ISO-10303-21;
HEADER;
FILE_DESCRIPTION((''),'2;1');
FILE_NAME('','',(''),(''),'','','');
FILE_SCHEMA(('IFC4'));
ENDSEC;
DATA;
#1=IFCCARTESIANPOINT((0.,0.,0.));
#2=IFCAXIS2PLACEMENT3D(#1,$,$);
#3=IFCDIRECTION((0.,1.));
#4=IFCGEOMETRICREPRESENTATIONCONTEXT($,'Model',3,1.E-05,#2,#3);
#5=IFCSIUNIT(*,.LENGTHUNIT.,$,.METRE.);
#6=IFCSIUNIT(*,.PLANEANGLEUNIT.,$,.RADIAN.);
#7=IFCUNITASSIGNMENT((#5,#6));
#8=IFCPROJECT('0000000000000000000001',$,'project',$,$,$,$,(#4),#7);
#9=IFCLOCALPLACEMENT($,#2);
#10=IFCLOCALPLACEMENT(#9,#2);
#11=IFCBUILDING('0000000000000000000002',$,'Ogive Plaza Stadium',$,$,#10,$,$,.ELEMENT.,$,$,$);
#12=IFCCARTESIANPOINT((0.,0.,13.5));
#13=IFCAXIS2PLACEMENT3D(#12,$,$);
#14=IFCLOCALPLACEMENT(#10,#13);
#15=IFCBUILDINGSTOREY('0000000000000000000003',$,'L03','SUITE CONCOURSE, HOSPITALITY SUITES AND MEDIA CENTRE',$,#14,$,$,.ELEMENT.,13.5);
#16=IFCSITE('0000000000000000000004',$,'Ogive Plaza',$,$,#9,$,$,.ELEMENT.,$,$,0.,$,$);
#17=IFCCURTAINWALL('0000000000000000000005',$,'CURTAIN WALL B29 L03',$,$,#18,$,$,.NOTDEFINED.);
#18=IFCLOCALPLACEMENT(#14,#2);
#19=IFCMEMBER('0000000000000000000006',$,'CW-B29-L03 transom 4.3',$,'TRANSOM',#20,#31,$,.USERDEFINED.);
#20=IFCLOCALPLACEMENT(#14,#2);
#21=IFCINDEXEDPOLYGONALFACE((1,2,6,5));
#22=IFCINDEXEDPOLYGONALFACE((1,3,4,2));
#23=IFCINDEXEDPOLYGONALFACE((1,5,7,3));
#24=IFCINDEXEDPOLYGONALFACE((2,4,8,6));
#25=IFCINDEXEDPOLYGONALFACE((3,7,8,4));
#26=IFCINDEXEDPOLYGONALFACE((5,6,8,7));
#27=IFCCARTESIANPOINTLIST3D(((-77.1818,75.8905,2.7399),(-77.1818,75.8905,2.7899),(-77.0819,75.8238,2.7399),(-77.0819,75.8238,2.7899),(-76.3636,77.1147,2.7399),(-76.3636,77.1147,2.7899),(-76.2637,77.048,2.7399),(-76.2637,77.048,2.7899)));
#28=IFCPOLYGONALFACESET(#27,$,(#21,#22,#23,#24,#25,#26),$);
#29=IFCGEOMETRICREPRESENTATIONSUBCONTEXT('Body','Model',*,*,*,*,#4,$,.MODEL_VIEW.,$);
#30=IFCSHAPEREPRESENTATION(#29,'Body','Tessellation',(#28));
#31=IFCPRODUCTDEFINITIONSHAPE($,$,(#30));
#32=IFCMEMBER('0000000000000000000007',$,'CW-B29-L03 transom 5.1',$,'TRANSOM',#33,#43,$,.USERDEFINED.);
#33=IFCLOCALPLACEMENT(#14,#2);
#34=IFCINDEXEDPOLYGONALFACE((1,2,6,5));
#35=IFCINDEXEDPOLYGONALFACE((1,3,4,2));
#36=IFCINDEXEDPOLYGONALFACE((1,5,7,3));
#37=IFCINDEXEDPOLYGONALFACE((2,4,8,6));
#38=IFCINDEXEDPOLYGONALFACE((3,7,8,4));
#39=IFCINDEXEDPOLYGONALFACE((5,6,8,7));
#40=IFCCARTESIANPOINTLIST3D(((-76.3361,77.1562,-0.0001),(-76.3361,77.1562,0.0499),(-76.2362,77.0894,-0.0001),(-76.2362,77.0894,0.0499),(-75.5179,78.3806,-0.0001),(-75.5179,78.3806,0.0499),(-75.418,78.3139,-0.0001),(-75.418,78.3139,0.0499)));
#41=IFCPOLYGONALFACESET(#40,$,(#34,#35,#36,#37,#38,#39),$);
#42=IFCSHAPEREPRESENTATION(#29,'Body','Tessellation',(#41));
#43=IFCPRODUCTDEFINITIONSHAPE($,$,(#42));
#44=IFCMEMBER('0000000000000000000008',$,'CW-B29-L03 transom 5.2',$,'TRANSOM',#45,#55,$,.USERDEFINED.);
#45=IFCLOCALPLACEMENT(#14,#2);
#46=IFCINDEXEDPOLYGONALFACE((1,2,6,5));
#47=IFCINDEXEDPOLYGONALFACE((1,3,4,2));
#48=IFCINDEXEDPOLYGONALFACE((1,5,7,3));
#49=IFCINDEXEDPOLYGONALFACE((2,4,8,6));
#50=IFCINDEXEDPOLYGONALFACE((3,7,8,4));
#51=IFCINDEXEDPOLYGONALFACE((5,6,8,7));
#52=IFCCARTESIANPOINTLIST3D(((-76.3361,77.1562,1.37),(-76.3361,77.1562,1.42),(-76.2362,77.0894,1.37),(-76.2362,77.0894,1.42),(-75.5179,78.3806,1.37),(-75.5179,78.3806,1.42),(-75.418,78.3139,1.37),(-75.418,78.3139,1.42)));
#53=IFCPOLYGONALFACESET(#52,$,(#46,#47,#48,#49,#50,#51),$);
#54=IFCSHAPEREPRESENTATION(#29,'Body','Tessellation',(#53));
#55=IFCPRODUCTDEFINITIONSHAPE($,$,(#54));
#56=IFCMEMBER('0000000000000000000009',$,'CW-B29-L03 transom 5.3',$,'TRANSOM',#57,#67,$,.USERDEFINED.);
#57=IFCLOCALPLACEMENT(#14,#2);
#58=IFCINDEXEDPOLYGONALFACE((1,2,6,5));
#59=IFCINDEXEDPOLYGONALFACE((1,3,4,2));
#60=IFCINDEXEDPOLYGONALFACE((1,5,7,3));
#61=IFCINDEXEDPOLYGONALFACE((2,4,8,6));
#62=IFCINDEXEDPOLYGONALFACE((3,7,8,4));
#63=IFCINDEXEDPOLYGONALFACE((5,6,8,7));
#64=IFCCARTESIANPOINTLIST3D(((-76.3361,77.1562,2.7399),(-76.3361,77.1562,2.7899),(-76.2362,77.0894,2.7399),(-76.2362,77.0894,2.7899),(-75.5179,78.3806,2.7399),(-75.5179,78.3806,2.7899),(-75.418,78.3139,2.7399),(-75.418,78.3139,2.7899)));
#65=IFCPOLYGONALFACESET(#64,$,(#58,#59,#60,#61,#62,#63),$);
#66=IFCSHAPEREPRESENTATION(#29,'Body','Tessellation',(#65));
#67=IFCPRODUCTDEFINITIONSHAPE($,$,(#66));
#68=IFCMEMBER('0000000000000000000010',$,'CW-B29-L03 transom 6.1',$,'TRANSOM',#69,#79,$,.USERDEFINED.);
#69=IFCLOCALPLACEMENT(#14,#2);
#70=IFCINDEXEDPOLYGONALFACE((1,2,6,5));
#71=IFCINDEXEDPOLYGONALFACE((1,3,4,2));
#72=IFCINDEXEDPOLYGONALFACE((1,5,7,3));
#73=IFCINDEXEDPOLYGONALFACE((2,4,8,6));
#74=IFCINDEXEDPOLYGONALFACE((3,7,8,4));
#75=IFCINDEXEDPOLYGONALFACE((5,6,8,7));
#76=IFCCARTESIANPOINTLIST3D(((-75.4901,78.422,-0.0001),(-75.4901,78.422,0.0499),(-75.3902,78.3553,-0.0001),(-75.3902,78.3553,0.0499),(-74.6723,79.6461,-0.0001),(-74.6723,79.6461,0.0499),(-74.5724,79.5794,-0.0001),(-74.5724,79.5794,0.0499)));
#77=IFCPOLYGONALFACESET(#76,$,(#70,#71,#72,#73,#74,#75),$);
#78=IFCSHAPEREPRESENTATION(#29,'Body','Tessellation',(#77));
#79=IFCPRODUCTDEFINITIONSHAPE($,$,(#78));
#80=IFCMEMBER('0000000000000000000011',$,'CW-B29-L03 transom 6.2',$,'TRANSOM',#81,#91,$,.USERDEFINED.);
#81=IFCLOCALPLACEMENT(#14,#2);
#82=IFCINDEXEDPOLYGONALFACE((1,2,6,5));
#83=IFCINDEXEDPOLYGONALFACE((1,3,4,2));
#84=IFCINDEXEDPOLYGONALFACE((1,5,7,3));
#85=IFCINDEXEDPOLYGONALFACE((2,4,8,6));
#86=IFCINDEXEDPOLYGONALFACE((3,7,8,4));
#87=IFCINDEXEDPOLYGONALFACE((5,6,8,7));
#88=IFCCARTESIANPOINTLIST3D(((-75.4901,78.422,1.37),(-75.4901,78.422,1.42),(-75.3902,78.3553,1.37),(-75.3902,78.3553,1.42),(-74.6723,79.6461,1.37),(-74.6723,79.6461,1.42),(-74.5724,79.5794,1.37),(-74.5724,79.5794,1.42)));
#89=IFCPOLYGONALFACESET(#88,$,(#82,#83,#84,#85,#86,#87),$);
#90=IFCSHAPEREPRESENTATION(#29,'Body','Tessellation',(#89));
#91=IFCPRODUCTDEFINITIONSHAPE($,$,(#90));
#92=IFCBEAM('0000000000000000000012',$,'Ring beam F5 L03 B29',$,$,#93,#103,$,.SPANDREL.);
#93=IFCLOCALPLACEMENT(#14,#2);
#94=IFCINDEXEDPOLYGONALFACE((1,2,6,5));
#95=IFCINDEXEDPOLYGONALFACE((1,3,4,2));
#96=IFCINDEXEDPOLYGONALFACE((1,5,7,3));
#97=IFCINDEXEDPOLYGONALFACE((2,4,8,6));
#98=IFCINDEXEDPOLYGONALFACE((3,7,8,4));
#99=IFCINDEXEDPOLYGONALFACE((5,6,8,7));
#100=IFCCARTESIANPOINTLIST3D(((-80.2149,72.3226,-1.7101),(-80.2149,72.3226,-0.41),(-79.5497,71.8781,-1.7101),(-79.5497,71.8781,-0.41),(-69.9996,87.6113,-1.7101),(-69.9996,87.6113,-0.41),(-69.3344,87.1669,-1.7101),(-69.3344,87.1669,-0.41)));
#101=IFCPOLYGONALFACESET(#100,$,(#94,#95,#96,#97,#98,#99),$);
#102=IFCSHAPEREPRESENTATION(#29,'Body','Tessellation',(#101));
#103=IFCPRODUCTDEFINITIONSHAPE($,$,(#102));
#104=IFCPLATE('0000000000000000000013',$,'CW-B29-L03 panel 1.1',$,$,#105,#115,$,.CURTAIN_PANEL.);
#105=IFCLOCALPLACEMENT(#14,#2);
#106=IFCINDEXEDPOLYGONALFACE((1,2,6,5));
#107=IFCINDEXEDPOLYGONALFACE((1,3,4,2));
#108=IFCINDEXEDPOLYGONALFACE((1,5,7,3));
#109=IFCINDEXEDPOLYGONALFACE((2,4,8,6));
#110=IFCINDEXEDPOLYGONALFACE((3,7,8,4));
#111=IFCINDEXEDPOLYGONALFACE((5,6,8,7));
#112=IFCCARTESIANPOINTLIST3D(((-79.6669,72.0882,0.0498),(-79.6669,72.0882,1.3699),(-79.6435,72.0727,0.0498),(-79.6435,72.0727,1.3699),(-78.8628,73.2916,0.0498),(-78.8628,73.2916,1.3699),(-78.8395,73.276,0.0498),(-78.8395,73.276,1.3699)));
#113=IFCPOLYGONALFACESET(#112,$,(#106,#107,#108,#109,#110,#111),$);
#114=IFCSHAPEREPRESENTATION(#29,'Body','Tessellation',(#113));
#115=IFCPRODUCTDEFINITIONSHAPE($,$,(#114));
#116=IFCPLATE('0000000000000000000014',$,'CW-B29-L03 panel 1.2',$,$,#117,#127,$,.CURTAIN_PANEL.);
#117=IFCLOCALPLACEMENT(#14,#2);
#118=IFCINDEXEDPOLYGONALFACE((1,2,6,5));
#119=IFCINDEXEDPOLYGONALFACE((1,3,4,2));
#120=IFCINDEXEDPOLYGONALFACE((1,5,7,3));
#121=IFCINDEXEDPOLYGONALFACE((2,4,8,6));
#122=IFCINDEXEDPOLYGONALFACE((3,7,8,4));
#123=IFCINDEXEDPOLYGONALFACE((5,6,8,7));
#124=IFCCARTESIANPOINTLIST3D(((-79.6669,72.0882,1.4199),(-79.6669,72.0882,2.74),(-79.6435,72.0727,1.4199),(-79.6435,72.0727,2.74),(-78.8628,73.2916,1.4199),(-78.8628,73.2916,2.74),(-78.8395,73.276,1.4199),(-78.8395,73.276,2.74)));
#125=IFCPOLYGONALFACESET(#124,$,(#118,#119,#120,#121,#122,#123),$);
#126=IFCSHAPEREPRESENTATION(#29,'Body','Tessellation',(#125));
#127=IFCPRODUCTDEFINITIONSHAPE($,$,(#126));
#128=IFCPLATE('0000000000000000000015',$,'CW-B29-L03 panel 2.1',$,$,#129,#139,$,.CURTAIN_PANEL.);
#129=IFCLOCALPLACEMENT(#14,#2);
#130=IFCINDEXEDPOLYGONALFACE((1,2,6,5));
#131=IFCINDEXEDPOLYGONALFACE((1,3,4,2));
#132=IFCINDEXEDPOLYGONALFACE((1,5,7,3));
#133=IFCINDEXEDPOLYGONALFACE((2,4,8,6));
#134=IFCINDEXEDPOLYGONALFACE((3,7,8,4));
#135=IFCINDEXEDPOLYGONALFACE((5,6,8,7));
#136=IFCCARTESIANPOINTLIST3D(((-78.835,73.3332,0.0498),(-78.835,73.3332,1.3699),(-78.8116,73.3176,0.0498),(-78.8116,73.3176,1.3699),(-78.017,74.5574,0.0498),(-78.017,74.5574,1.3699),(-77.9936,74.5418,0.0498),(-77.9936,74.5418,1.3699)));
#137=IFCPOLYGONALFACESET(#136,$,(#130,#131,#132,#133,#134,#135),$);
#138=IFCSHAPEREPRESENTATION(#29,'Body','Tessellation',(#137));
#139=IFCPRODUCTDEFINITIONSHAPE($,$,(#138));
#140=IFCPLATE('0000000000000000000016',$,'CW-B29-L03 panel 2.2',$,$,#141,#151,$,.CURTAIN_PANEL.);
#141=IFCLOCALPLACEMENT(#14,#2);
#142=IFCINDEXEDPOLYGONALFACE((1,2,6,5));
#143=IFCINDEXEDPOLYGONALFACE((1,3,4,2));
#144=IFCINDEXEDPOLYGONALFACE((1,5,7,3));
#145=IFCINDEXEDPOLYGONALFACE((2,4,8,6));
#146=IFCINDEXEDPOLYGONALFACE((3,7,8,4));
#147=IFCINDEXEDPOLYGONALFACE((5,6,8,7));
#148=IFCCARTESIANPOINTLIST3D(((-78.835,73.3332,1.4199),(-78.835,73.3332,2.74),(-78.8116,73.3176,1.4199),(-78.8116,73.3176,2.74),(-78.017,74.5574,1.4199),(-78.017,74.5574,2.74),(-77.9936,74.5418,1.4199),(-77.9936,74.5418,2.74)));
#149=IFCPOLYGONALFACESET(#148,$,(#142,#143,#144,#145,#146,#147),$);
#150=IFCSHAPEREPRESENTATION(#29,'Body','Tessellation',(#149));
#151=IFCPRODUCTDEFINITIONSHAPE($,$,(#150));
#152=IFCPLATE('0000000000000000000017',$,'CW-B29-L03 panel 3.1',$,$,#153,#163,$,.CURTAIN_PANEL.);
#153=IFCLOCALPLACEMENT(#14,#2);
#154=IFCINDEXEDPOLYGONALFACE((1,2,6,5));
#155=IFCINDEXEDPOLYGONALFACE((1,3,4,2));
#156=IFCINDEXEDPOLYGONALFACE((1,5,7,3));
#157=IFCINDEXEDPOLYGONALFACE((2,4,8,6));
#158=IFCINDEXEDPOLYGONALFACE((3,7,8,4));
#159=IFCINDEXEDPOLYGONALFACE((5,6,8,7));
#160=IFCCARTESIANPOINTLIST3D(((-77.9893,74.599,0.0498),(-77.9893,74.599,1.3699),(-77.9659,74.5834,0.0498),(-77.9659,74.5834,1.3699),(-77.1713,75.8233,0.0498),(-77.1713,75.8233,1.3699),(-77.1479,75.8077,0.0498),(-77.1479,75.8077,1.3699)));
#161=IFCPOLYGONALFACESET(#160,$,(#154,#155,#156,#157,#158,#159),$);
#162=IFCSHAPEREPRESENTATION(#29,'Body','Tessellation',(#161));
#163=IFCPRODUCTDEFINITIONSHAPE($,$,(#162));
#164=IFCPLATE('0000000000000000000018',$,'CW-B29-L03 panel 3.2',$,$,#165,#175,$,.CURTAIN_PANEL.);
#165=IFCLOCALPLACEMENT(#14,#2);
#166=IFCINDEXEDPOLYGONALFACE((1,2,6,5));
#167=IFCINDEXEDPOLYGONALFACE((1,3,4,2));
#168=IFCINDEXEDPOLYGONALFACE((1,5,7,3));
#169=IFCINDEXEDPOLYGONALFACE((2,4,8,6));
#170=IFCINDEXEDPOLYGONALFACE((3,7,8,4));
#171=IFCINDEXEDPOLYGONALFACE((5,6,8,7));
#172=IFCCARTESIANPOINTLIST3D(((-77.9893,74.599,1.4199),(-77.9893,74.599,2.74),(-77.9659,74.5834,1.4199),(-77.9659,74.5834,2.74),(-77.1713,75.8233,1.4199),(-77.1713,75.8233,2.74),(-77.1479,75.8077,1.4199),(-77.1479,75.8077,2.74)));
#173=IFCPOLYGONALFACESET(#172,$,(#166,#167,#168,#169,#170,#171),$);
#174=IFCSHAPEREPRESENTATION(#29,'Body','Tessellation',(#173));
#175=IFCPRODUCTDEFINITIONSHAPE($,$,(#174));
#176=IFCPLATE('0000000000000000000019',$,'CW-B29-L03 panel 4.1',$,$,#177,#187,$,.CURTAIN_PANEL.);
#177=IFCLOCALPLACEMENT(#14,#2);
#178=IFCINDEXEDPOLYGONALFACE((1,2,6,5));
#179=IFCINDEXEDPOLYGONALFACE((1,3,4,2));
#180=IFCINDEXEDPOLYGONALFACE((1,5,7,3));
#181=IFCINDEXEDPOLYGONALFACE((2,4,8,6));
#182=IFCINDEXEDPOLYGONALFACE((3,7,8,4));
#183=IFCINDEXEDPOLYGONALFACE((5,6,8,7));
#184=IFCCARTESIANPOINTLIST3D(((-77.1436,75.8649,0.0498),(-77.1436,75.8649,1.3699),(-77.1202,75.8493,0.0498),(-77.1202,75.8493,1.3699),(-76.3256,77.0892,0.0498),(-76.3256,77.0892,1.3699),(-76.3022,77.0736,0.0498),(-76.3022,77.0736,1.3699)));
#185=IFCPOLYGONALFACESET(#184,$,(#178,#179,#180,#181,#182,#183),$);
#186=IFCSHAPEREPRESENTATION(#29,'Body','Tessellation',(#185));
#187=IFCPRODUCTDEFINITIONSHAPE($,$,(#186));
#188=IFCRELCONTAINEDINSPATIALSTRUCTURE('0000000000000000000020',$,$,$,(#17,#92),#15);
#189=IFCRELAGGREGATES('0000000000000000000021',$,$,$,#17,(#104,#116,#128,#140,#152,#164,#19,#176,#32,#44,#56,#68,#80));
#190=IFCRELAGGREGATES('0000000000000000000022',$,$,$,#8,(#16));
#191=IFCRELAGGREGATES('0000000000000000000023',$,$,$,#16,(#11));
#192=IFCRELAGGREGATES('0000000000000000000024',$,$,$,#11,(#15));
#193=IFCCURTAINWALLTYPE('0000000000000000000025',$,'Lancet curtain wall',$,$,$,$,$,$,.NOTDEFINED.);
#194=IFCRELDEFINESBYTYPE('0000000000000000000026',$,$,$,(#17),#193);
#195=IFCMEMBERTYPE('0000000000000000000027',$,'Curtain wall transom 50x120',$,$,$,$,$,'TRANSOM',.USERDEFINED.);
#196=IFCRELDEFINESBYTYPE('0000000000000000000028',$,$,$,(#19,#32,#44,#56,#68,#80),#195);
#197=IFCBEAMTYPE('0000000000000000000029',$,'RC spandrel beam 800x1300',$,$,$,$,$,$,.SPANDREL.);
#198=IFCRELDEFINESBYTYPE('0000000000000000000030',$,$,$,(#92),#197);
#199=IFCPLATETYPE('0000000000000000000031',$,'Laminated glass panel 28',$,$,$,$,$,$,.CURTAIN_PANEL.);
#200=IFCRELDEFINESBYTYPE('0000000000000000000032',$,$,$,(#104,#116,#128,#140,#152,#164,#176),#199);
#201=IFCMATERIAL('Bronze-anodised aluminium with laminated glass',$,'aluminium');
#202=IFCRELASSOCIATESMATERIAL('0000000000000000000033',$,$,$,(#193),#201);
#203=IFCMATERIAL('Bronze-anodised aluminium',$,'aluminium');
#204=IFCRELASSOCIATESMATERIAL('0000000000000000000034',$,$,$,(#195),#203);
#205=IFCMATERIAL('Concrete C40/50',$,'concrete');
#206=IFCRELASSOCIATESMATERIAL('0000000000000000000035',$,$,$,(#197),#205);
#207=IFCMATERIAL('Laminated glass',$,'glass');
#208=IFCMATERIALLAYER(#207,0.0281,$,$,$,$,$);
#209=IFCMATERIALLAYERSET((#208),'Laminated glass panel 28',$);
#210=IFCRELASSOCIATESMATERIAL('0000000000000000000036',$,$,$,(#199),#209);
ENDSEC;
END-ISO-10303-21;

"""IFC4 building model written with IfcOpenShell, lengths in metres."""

from ifc_helpers import new_model, si_unit, direction, frame, origin, origin_2d, place, context, subcontext, project, spatial, rectangle, extrude, material, layer, layer_set, material_profile, profile_set, type_object, element, aggregate, save


model = new_model("IFC4")

# Units and contexts
model_context = context("Model", 3, precision=1e-05, world=origin(), true_north=direction((0.0, 1.0)))
body_context = subcontext(model_context, "Body", "Model", "MODEL_VIEW")
ifc_project = project(units=[si_unit("LENGTHUNIT", "METRE"), si_unit("PLANEANGLEUNIT", "RADIAN")], contexts=[model_context])

# Site, building, storey
site_placement = place(None, origin())
site = spatial("IfcSite", under=ifc_project, at=site_placement, Name="Ogive Plaza", CompositionType="ELEMENT", RefElevation=0.0)
building_placement = place(site_placement, origin())
building = spatial("IfcBuilding", under=site, at=building_placement, Name="Ogive Plaza Stadium", CompositionType="ELEMENT")
storey_placement = place(building_placement, frame((0.0, 0.0, 13.5)))
storey = spatial("IfcBuildingStorey", under=building, at=storey_placement, Name="L03", Description="SUITE CONCOURSE, HOSPITALITY SUITES AND MEDIA CENTRE", CompositionType="ELEMENT", Elevation=13.5)

# Curtain wall, members
ifc_material_1 = material(Name="Bronze-anodised aluminium with laminated glass", Category="aluminium")
curtain_wall_type = type_object("IfcCurtainWallType", Name="Lancet curtain wall", PredefinedType="NOTDEFINED", material=ifc_material_1)
curtain_wall_placement = place(storey_placement, origin())
curtain_wall = element("IfcCurtainWall", 1, at=curtain_wall_placement, inside=storey, type_object=curtain_wall_type, Name="CURTAIN WALL B29 L03", PredefinedType="NOTDEFINED")
ifc_material_2 = material(Name="Bronze-anodised aluminium", Category="aluminium")
ifc_material_profile_1 = material_profile(ifc_material_2, rectangle(XDim=0.1201, YDim=0.05, at=origin_2d()), Name="AL 120x50")
ifc_profile_set_1 = profile_set([ifc_material_profile_1], Name="Bronze-anodised aluminium")
member_type_1 = type_object("IfcMemberType", Name="Curtain wall transom 50x120", ElementType="TRANSOM", PredefinedType="USERDEFINED", material=ifc_profile_set_1)
member_1_placement = place(storey_placement, frame((-77.1318, 75.8572, 2.7649), z_axis=(0.555656, 0.831412, 0.0), x_axis=(-0.831412, 0.555656, 0.0)))
member_1 = element("IfcMember", 2, at=member_1_placement, type_object=member_type_1, Name="CW-B29-L03 transom 4.3", ObjectType="TRANSOM", PredefinedType="USERDEFINED", context=body_context, shape_type="SweptSolid", body=[
    extrude(rectangle(XDim=0.1201, YDim=0.05, at=origin_2d()), origin(), (0.0, 0.0, 1.0), 1.4724),
])
member_2_placement = place(storey_placement, frame((-76.2861, 77.1228, 0.0249), z_axis=(0.55558, 0.831463, 0.0), x_axis=(-0.831463, 0.55558, 0.0)))
member_2 = element("IfcMember", 3, at=member_2_placement, type_object=member_type_1, Name="CW-B29-L03 transom 5.1", ObjectType="TRANSOM", PredefinedType="USERDEFINED", context=body_context, shape_type="SweptSolid", body=[
    extrude(rectangle(XDim=0.1201, YDim=0.05, at=origin_2d()), origin(), (0.0, 0.0, 1.0), 1.4727),
])
member_3_placement = place(storey_placement, frame((-76.2861, 77.1228, 1.395), z_axis=(0.55558, 0.831463, 0.0), x_axis=(-0.831463, 0.55558, 0.0)))
member_3 = element("IfcMember", 4, at=member_3_placement, type_object=member_type_1, Name="CW-B29-L03 transom 5.2", ObjectType="TRANSOM", PredefinedType="USERDEFINED", context=body_context, shape_type="SweptSolid", body=[
    extrude(rectangle(XDim=0.1201, YDim=0.05, at=origin_2d()), origin(), (0.0, 0.0, 1.0), 1.4727),
])
member_4_placement = place(storey_placement, frame((-76.2861, 77.1228, 2.7649), z_axis=(0.55558, 0.831463, 0.0), x_axis=(-0.831463, 0.55558, 0.0)))
member_4 = element("IfcMember", 5, at=member_4_placement, type_object=member_type_1, Name="CW-B29-L03 transom 5.3", ObjectType="TRANSOM", PredefinedType="USERDEFINED", context=body_context, shape_type="SweptSolid", body=[
    extrude(rectangle(XDim=0.1201, YDim=0.05, at=origin_2d()), origin(), (0.0, 0.0, 1.0), 1.4727),
])
member_5_placement = place(storey_placement, frame((-75.4402, 78.3887, 0.0249), z_axis=(0.555542, 0.831489, 0.0), x_axis=(-0.831489, 0.555542, 0.0)))
member_5 = element("IfcMember", 6, at=member_5_placement, type_object=member_type_1, Name="CW-B29-L03 transom 6.1", ObjectType="TRANSOM", PredefinedType="USERDEFINED", context=body_context, shape_type="SweptSolid", body=[
    extrude(rectangle(XDim=0.1201, YDim=0.05, at=origin_2d()), origin(), (0.0, 0.0, 1.0), 1.4722),
])
member_6_placement = place(storey_placement, frame((-75.4402, 78.3887, 1.395), z_axis=(0.555542, 0.831489, 0.0), x_axis=(-0.831489, 0.555542, 0.0)))
member_6 = element("IfcMember", 7, at=member_6_placement, type_object=member_type_1, Name="CW-B29-L03 transom 6.2", ObjectType="TRANSOM", PredefinedType="USERDEFINED", context=body_context, shape_type="SweptSolid", body=[
    extrude(rectangle(XDim=0.1201, YDim=0.05, at=origin_2d()), origin(), (0.0, 0.0, 1.0), 1.4722),
])

# Beam
ifc_material_3 = material(Name="Concrete C40/50", Category="concrete")
ifc_material_profile_2 = material_profile(ifc_material_3, rectangle(XDim=0.8, YDim=1.3, at=origin_2d()), Name="RC 800x1300")
ifc_profile_set_2 = profile_set([ifc_material_profile_2], Name="Concrete C40/50")
beam_type = type_object("IfcBeamType", Name="RC spandrel beam 800x1300", PredefinedType="SPANDREL", material=ifc_profile_set_2)
beam_placement = place(storey_placement, frame((-79.8823, 72.1003, -1.0601), z_axis=(0.555558, 0.831478, 0.0), x_axis=(-0.831478, 0.555558, 0.0)))
element("IfcBeam", 8, at=beam_placement, inside=storey, type_object=beam_type, Name="Ring beam F5 L03 B29", PredefinedType="SPANDREL", context=body_context, shape_type="SweptSolid", body=[
    extrude(rectangle(XDim=0.8, YDim=1.3, at=origin_2d()), origin(), (0.0, 0.0, 1.0), 18.3875),
])

# Plates
ifc_material_4 = material(Name="Laminated glass", Category="glass")
ifc_layer = layer(ifc_material_4, 0.0281)
ifc_layer_set = layer_set([ifc_layer], Name="Laminated glass panel 28")
plate_type = type_object("IfcPlateType", Name="Laminated glass panel 28", PredefinedType="CURTAIN_PANEL", material=ifc_layer_set)
plate_1_placement = place(storey_placement, frame((-79.2532, 72.6821, 0.0498), z_axis=(0.0, 0.0, 1.0), x_axis=(0.55557, 0.83147, 0.0)))
plate_1 = element("IfcPlate", 9, at=plate_1_placement, type_object=plate_type, Name="CW-B29-L03 panel 1.1", PredefinedType="CURTAIN_PANEL", context=body_context, shape_type="SweptSolid", body=[
    extrude(rectangle(XDim=1.4473, YDim=0.0281, at=origin_2d()), origin(), (0.0, 0.0, 1.0), 1.3201),
])
plate_2_placement = place(storey_placement, frame((-79.2532, 72.6821, 1.4199), z_axis=(0.0, 0.0, 1.0), x_axis=(0.55557, 0.83147, 0.0)))
plate_2 = element("IfcPlate", 10, at=plate_2_placement, type_object=plate_type, Name="CW-B29-L03 panel 1.2", PredefinedType="CURTAIN_PANEL", context=body_context, shape_type="SweptSolid", body=[
    extrude(rectangle(XDim=1.4473, YDim=0.0281, at=origin_2d()), origin(), (0.0, 0.0, 1.0), 1.3201),
])
plate_3_placement = place(storey_placement, frame((-78.4143, 73.9375, 0.0498), z_axis=(0.0, 0.0, 1.0), x_axis=(0.55557, 0.83147, 0.0)))
plate_3 = element("IfcPlate", 11, at=plate_3_placement, type_object=plate_type, Name="CW-B29-L03 panel 2.1", PredefinedType="CURTAIN_PANEL", context=body_context, shape_type="SweptSolid", body=[
    extrude(rectangle(XDim=1.4724, YDim=0.0281, at=origin_2d()), origin(), (0.0, 0.0, 1.0), 1.3201),
])
plate_4_placement = place(storey_placement, frame((-78.4143, 73.9375, 1.4199), z_axis=(0.0, 0.0, 1.0), x_axis=(0.55557, 0.83147, 0.0)))
plate_4 = element("IfcPlate", 12, at=plate_4_placement, type_object=plate_type, Name="CW-B29-L03 panel 2.2", PredefinedType="CURTAIN_PANEL", context=body_context, shape_type="SweptSolid", body=[
    extrude(rectangle(XDim=1.4724, YDim=0.0281, at=origin_2d()), origin(), (0.0, 0.0, 1.0), 1.3201),
])
plate_5_placement = place(storey_placement, frame((-77.5686, 75.2034, 0.0498), z_axis=(0.0, 0.0, 1.0), x_axis=(0.55557, 0.83147, 0.0)))
plate_5 = element("IfcPlate", 13, at=plate_5_placement, type_object=plate_type, Name="CW-B29-L03 panel 3.1", PredefinedType="CURTAIN_PANEL", context=body_context, shape_type="SweptSolid", body=[
    extrude(rectangle(XDim=1.4724, YDim=0.0281, at=origin_2d()), origin(), (0.0, 0.0, 1.0), 1.3201),
])
plate_6_placement = place(storey_placement, frame((-77.5686, 75.2034, 1.4199), z_axis=(0.0, 0.0, 1.0), x_axis=(0.55557, 0.83147, 0.0)))
plate_6 = element("IfcPlate", 14, at=plate_6_placement, type_object=plate_type, Name="CW-B29-L03 panel 3.2", PredefinedType="CURTAIN_PANEL", context=body_context, shape_type="SweptSolid", body=[
    extrude(rectangle(XDim=1.4724, YDim=0.0281, at=origin_2d()), origin(), (0.0, 0.0, 1.0), 1.3201),
])
plate_7_placement = place(storey_placement, frame((-76.7229, 76.4692, 0.0498), z_axis=(0.0, 0.0, 1.0), x_axis=(0.55557, 0.83147, 0.0)))
plate_7 = element("IfcPlate", 15, at=plate_7_placement, type_object=plate_type, Name="CW-B29-L03 panel 4.1", PredefinedType="CURTAIN_PANEL", context=body_context, shape_type="SweptSolid", body=[
    extrude(rectangle(XDim=1.4724, YDim=0.0281, at=origin_2d()), origin(), (0.0, 0.0, 1.0), 1.3201),
])
aggregate(curtain_wall, [plate_1, plate_2, plate_3, plate_4, plate_5, plate_6, member_1, plate_7, member_2, member_3, member_4, member_5, member_6])

save(model, "model.ifc")
